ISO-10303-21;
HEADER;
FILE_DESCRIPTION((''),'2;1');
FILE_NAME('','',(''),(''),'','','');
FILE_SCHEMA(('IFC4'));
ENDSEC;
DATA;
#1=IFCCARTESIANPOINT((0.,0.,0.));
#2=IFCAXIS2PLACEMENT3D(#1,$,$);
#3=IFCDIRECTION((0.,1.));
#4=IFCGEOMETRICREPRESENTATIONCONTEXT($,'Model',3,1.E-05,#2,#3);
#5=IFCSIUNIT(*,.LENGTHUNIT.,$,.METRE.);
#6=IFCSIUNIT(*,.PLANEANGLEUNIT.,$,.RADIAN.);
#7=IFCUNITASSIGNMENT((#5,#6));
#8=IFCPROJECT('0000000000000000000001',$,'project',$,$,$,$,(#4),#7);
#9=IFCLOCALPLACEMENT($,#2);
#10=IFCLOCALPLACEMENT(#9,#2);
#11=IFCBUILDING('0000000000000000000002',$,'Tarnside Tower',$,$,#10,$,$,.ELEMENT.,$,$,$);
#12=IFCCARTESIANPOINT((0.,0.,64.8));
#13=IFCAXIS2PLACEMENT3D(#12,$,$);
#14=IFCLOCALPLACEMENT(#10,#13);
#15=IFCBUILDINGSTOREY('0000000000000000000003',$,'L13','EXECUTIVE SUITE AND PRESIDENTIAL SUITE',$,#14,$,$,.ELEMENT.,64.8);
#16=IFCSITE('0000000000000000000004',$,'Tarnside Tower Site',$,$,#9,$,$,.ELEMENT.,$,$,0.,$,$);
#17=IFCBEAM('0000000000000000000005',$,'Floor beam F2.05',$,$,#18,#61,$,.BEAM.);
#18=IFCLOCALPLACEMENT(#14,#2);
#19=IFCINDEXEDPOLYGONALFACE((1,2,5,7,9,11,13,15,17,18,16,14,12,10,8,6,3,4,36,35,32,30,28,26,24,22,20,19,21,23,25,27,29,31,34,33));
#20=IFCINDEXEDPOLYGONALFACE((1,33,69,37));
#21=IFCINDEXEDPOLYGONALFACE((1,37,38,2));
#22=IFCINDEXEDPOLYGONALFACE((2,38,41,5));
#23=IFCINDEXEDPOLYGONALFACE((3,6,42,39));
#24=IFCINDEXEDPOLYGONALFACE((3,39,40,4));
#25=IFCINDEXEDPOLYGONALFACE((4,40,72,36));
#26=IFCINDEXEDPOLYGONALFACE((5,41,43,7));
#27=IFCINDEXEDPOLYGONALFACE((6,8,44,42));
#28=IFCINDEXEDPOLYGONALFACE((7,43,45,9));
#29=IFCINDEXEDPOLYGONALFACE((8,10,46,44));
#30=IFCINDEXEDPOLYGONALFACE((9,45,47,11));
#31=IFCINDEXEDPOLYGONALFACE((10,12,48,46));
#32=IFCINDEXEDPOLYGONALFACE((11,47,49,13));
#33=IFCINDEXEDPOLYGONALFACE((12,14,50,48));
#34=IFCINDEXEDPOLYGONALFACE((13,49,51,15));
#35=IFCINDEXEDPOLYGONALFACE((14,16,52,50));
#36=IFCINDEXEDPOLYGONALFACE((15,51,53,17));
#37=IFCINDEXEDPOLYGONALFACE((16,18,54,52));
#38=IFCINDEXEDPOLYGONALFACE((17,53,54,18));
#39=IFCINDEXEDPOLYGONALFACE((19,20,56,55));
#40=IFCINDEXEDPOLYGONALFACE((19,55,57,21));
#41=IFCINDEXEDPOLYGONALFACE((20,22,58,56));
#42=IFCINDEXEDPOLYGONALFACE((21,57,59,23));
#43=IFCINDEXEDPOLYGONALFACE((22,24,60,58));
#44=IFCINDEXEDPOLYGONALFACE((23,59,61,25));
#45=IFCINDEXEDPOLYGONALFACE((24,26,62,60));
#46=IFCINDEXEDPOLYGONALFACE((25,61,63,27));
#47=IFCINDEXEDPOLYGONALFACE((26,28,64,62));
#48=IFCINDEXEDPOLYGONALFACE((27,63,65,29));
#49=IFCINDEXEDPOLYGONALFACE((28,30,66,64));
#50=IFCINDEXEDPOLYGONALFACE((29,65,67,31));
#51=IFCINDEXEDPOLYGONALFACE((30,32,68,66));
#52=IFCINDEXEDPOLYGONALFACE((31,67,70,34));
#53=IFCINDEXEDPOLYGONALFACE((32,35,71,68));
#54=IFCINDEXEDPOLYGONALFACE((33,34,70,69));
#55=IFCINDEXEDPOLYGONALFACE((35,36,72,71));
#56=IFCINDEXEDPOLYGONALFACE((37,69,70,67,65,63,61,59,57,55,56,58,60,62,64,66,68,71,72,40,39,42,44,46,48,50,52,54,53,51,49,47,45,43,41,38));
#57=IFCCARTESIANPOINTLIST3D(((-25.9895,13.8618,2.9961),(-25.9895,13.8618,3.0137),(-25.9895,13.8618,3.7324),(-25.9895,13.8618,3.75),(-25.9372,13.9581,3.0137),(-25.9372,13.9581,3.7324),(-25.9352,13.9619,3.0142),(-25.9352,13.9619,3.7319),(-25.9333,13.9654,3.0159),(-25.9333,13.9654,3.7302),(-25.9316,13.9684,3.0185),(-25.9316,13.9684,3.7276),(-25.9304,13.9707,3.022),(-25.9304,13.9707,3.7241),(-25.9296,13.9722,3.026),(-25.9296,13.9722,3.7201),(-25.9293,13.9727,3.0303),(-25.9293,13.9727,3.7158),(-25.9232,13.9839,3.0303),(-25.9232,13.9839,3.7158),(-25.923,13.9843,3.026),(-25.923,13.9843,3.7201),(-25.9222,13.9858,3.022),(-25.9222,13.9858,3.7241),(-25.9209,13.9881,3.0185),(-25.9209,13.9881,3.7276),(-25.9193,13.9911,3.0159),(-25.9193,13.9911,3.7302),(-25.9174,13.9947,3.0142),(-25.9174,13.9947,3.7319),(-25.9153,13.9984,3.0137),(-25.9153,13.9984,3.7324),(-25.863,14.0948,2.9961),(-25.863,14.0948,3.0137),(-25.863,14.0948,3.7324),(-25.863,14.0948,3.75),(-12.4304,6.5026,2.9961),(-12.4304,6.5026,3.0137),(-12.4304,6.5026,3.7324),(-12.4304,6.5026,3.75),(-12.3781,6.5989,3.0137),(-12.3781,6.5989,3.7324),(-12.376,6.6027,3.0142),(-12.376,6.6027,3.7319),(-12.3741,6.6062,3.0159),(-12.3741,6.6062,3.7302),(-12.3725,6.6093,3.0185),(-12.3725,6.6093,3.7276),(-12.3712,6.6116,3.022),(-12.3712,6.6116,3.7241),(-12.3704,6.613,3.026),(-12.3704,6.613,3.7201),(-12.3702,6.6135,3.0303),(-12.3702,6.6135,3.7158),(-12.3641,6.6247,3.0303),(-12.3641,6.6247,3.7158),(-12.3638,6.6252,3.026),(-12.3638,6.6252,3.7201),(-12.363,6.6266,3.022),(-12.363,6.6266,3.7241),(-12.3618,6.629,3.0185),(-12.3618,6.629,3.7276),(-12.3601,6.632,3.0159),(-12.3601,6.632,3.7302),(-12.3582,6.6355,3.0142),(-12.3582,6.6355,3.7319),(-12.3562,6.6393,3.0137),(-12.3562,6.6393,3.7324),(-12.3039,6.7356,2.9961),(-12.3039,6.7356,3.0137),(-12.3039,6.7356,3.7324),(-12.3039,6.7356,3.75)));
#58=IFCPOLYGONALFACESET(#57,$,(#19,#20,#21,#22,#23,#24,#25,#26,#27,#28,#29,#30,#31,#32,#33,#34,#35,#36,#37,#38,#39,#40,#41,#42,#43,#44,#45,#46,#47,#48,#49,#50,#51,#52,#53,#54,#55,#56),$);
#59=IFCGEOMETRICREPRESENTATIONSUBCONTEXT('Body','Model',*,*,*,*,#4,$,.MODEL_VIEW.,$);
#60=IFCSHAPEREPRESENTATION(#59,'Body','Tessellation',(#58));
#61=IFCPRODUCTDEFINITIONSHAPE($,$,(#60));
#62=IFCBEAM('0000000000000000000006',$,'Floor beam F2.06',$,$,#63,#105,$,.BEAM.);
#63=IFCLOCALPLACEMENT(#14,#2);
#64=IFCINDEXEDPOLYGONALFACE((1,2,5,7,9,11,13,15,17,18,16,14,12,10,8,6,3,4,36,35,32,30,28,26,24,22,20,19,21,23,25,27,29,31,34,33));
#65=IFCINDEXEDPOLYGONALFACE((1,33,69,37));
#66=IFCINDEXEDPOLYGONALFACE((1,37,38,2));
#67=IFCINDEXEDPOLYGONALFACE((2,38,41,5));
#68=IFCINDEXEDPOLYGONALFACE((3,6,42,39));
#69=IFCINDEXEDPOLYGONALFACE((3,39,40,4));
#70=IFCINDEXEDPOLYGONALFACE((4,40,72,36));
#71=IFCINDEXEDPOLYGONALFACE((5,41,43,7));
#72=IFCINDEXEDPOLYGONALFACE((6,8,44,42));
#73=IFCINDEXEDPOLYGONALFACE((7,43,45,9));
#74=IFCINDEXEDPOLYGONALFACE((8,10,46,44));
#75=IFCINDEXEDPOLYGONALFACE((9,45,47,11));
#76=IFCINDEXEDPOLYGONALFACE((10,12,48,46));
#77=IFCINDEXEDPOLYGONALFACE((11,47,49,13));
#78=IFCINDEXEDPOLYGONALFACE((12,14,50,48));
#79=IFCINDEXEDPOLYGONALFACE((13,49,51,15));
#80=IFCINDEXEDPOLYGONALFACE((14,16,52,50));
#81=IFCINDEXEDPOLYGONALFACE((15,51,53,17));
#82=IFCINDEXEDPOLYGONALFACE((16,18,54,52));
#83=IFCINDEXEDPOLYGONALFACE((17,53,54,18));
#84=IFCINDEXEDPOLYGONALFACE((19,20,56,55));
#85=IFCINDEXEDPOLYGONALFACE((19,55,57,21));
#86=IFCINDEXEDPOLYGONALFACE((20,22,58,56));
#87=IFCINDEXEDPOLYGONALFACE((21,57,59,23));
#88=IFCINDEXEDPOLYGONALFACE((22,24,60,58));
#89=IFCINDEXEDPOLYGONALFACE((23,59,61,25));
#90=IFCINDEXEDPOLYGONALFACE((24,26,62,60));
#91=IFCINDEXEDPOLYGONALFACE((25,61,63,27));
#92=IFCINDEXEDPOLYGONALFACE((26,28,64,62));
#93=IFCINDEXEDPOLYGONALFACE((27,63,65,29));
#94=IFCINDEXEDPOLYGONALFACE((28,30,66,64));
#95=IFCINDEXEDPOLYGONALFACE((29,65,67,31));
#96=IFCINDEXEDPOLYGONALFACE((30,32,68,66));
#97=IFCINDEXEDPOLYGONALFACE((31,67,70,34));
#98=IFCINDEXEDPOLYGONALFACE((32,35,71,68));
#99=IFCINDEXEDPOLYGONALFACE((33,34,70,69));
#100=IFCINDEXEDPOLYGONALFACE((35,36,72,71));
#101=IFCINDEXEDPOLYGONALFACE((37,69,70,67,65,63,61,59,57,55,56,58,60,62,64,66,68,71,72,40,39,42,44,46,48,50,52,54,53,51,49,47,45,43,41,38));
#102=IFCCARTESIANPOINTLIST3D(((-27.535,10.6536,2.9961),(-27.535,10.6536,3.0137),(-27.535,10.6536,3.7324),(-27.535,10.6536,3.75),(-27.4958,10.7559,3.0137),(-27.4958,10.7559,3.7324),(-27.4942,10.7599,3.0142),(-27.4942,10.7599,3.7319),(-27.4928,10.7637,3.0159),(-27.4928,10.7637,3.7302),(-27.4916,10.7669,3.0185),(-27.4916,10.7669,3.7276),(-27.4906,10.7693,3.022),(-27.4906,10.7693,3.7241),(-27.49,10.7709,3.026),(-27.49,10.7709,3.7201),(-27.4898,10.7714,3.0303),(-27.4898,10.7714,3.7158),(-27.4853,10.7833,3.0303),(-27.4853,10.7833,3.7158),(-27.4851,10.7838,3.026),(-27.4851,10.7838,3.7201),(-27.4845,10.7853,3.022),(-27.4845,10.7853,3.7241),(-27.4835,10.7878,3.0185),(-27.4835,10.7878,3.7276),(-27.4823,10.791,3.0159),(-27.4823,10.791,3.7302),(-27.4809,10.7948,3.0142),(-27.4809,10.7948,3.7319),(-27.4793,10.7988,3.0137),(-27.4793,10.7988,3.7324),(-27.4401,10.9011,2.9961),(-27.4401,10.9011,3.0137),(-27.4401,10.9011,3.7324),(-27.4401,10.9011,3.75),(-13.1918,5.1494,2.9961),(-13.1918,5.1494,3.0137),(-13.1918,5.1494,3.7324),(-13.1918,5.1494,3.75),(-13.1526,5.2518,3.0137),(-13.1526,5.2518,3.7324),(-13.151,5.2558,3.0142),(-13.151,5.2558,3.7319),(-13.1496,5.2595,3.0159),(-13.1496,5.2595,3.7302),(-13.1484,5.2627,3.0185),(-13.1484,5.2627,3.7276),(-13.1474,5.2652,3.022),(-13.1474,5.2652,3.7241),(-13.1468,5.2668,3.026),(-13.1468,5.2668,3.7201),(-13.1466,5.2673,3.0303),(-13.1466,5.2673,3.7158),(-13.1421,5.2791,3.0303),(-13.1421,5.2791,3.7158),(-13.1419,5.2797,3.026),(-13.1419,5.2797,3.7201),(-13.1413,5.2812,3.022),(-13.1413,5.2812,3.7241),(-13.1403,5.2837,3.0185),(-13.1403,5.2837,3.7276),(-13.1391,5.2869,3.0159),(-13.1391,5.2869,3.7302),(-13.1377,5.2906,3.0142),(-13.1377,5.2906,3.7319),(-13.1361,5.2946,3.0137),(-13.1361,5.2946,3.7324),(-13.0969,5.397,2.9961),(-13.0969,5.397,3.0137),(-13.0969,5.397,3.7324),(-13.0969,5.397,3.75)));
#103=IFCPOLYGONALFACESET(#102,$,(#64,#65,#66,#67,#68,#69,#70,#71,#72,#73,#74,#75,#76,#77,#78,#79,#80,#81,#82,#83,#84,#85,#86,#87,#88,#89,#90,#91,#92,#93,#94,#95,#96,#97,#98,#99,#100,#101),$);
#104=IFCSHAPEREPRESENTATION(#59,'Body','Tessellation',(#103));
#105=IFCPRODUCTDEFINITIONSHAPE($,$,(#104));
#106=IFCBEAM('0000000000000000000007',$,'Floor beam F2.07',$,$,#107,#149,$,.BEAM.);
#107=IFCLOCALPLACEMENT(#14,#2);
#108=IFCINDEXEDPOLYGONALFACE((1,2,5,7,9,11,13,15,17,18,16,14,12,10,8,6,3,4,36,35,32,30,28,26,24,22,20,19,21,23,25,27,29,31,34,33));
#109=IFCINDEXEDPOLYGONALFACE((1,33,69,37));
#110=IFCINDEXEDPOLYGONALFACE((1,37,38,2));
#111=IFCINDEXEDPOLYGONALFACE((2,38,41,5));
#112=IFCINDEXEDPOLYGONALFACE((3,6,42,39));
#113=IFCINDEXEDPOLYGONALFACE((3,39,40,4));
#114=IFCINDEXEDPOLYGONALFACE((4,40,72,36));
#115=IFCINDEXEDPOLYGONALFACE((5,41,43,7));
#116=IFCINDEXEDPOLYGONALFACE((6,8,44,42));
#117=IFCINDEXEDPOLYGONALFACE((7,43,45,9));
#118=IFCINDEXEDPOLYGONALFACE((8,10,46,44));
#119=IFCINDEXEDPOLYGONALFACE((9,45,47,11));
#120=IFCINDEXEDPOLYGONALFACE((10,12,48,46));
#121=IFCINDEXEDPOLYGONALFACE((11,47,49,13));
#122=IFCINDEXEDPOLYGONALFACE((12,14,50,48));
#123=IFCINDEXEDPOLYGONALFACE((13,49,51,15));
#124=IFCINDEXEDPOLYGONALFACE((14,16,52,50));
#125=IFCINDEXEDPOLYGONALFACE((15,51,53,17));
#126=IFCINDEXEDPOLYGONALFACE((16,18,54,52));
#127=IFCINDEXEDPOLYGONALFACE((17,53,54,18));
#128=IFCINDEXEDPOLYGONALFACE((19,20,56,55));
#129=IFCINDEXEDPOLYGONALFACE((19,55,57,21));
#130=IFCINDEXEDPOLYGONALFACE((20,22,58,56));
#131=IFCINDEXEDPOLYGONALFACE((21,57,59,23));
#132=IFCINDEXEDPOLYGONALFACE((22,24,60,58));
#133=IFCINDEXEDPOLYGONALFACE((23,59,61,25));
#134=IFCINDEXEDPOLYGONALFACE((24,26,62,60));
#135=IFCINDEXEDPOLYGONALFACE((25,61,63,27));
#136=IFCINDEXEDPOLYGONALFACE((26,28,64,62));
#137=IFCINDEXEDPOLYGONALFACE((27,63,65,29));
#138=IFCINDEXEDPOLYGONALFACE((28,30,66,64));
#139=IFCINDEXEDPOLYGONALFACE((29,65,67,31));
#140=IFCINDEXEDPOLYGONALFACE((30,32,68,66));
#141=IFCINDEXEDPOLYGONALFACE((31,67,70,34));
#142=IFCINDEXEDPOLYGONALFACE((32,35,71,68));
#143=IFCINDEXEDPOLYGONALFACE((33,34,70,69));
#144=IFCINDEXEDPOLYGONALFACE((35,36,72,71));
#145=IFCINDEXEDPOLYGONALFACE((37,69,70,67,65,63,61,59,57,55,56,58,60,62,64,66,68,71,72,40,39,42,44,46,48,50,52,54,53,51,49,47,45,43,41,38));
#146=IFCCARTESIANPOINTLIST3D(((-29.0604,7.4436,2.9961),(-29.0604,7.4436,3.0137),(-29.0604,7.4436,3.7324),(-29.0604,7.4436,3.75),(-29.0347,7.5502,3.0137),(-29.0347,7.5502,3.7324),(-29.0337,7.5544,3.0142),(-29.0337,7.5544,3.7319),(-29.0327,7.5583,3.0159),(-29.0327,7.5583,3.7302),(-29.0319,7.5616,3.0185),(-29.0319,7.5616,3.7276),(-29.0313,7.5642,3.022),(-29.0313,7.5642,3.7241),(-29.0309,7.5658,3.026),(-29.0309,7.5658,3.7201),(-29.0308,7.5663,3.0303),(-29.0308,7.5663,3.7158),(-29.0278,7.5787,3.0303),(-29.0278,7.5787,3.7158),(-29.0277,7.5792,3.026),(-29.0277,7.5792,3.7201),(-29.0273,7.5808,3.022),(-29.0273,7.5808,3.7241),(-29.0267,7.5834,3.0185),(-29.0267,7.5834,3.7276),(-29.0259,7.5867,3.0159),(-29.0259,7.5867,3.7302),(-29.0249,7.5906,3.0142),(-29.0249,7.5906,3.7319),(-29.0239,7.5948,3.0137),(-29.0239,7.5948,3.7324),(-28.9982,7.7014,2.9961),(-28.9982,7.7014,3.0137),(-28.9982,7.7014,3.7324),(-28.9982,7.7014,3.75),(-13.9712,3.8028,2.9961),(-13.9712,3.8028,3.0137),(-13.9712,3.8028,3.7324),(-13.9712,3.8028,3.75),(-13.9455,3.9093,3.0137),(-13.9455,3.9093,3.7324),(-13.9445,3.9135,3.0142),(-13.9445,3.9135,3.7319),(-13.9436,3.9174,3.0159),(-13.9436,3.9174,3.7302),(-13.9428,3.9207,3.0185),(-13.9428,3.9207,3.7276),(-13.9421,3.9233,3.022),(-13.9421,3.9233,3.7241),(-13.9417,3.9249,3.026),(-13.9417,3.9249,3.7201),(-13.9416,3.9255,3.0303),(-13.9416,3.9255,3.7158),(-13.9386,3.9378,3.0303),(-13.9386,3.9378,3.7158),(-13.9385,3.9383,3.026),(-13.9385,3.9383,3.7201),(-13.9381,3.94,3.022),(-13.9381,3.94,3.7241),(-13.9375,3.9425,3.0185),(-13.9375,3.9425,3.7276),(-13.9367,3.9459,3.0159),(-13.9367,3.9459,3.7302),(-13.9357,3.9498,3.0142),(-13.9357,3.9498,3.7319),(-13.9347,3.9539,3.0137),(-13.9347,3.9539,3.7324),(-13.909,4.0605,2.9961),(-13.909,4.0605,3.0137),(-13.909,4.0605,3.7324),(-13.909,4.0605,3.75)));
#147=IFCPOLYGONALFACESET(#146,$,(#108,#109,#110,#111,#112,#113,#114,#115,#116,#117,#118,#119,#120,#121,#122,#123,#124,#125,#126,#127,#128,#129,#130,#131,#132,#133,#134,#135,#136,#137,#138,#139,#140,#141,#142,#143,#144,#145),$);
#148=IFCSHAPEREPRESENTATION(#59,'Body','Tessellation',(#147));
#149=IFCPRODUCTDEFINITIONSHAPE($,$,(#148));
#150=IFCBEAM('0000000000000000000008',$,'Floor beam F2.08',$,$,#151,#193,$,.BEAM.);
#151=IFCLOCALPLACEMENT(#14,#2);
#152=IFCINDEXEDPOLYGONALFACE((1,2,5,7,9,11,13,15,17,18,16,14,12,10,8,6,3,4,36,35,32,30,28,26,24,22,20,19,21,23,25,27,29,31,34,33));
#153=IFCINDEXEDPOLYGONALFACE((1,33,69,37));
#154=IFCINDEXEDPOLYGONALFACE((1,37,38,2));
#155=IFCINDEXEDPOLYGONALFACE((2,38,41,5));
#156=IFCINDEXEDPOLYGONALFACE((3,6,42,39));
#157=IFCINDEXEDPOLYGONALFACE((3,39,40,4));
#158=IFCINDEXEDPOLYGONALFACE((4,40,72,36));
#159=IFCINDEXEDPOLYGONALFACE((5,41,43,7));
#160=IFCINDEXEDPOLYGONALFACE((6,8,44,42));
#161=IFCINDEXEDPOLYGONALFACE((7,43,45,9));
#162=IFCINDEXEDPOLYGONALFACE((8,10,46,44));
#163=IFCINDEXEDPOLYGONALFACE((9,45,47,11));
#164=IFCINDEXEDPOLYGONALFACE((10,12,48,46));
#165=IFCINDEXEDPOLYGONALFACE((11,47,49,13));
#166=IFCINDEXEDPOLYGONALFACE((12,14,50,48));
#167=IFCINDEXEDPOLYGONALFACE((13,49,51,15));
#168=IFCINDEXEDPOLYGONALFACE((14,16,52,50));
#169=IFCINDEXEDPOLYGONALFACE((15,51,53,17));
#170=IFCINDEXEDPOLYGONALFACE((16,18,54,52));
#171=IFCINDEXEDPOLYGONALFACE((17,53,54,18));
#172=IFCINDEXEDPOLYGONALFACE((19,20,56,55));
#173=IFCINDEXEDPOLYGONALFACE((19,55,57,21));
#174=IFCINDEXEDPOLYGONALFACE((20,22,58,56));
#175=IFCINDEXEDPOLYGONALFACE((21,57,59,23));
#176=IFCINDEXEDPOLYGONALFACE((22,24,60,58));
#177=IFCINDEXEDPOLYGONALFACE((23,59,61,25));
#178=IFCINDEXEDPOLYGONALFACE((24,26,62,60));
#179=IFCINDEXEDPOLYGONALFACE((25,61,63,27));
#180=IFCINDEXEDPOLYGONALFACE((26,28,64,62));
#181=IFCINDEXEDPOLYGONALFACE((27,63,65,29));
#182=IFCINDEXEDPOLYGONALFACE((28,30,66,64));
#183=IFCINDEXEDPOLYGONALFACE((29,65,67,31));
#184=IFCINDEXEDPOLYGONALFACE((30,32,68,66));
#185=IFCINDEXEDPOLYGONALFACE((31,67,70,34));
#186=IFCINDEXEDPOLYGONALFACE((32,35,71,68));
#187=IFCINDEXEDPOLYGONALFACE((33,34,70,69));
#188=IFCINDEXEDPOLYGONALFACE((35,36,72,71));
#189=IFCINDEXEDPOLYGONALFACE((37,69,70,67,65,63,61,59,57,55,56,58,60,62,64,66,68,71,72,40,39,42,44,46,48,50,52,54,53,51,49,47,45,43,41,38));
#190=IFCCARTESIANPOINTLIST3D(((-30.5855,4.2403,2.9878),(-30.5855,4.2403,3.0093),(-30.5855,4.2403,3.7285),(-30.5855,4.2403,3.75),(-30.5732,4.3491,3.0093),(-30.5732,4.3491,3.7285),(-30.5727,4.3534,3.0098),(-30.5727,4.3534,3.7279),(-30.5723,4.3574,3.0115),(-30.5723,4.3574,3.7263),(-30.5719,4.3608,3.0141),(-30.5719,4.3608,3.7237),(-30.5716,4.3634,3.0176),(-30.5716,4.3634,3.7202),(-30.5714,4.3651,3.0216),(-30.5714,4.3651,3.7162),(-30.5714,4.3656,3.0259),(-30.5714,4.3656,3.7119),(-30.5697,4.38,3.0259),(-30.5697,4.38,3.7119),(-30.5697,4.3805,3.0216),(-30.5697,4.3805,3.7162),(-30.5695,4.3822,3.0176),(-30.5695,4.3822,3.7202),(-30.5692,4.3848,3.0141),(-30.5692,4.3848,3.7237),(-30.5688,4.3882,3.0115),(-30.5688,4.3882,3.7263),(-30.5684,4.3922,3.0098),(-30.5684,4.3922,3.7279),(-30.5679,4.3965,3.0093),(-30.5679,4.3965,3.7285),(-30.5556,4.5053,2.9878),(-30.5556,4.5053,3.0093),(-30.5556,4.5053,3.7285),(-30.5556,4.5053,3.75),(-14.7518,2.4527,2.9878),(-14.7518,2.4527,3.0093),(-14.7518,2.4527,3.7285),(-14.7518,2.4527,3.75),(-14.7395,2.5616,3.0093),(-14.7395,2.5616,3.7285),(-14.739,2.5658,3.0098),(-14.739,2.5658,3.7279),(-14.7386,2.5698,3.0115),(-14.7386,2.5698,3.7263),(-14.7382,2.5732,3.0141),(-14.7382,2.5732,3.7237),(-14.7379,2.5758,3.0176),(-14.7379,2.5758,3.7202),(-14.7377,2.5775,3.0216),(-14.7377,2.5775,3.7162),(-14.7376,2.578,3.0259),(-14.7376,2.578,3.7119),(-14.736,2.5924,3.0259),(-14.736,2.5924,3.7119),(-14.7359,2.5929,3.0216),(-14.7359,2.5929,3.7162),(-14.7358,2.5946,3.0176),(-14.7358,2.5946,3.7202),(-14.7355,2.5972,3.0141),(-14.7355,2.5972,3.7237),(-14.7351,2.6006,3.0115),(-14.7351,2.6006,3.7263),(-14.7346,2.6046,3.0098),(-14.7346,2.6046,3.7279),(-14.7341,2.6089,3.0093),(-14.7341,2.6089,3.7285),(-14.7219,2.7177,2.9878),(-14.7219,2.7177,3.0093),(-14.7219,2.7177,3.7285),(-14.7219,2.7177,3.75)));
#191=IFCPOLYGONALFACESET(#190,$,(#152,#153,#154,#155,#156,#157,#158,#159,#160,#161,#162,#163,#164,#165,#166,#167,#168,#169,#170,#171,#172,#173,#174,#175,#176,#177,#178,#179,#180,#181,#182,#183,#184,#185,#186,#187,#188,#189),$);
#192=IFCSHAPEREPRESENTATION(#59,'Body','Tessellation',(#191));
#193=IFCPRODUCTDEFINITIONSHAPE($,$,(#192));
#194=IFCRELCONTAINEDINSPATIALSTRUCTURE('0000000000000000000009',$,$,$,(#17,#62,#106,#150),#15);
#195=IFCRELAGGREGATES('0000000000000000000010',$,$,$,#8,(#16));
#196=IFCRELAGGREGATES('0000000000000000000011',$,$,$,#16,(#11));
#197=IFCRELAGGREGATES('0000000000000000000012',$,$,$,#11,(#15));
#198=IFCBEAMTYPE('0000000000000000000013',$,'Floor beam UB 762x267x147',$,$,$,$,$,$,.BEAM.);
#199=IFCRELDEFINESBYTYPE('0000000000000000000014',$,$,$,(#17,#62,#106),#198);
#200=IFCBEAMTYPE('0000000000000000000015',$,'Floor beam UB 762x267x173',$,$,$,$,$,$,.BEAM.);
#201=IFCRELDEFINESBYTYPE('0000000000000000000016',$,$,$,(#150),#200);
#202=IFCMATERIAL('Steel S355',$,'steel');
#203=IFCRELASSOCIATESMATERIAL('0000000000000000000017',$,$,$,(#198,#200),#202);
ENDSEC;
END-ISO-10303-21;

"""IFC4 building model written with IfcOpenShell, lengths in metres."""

from ifc_helpers import new_model, si_unit, direction, frame, origin, origin_2d, place, context, subcontext, project, spatial, i_section, extrude, material, material_profile, profile_set, type_object, element, save


model = new_model("IFC4")

# Units and contexts
model_context = context("Model", 3, precision=1e-05, world=origin(), true_north=direction((0.0, 1.0)))
body_context = subcontext(model_context, "Body", "Model", "MODEL_VIEW")
ifc_project = project(units=[si_unit("LENGTHUNIT", "METRE"), si_unit("PLANEANGLEUNIT", "RADIAN")], contexts=[model_context])

# Site, building, storey
site_placement = place(None, origin())
site = spatial("IfcSite", under=ifc_project, at=site_placement, Name="Tarnside Tower Site", CompositionType="ELEMENT", RefElevation=0.0)
building_placement = place(site_placement, origin())
building = spatial("IfcBuilding", under=site, at=building_placement, Name="Tarnside Tower", CompositionType="ELEMENT")
storey_placement = place(building_placement, frame((0.0, 0.0, 64.8)))
storey = spatial("IfcBuildingStorey", under=building, at=storey_placement, Name="L13", Description="EXECUTIVE SUITE AND PRESIDENTIAL SUITE", CompositionType="ELEMENT", Elevation=64.8)

# Beams
ifc_material_1 = material(Name="Steel S355", Category="steel")
ifc_material_profile_1 = material_profile(ifc_material_1, i_section(OverallWidth=0.2651, OverallDepth=0.7539, WebThickness=0.0127, FlangeThickness=0.0176, FilletRadius=0.0166, at=origin_2d()), Name="UB 762x267x147")
ifc_profile_set_1 = profile_set([ifc_material_profile_1], Name="Steel S355")
beam_type_1 = type_object("IfcBeamType", Name="Floor beam UB 762x267x147", PredefinedType="BEAM", material=ifc_profile_set_1)
beam_1_placement = place(storey_placement, frame((-25.9263, 13.9783, 3.373), z_axis=(0.878895, -0.477016, 0.0), x_axis=(0.477016, 0.878895, 0.0)))
element("IfcBeam", 1, at=beam_1_placement, inside=storey, type_object=beam_type_1, Name="Floor beam F2.05", PredefinedType="BEAM", context=body_context, shape_type="SweptSolid", body=[
    extrude(i_section(OverallWidth=0.2651, OverallDepth=0.7539, WebThickness=0.0127, FlangeThickness=0.0176, FilletRadius=0.0166, at=origin_2d()), origin(), (0.0, 0.0, 1.0), 15.4275),
])
beam_2_placement = place(storey_placement, frame((-27.4875, 10.7773, 3.373), z_axis=(0.933618, -0.358271, 0.0), x_axis=(0.358271, 0.933618, 0.0)))
element("IfcBeam", 2, at=beam_2_placement, inside=storey, type_object=beam_type_1, Name="Floor beam F2.06", PredefinedType="BEAM", context=body_context, shape_type="SweptSolid", body=[
    extrude(i_section(OverallWidth=0.2651, OverallDepth=0.7539, WebThickness=0.0127, FlangeThickness=0.0176, FilletRadius=0.0166, at=origin_2d()), origin(), (0.0, 0.0, 1.0), 15.363),
])
beam_3_placement = place(storey_placement, frame((-29.0293, 7.5725, 3.373), z_axis=(0.972102, -0.23456, 0.0), x_axis=(0.23456, 0.972102, 0.0)))
element("IfcBeam", 3, at=beam_3_placement, inside=storey, type_object=beam_type_1, Name="Floor beam F2.07", PredefinedType="BEAM", context=body_context, shape_type="SweptSolid", body=[
    extrude(i_section(OverallWidth=0.2651, OverallDepth=0.7539, WebThickness=0.0127, FlangeThickness=0.0176, FilletRadius=0.0166, at=origin_2d()), origin(), (0.0, 0.0, 1.0), 15.5222),
])
ifc_material_profile_2 = material_profile(ifc_material_1, i_section(OverallWidth=0.2666, OverallDepth=0.7622, WebThickness=0.0144, FlangeThickness=0.0215, FilletRadius=0.0166, at=origin_2d()), Name="UB 762x267x173")
ifc_profile_set_2 = profile_set([ifc_material_profile_2], Name="Steel S355")
beam_type_2 = type_object("IfcBeamType", Name="Floor beam UB 762x267x173", PredefinedType="BEAM", material=ifc_profile_set_2)
beam_4_placement = place(storey_placement, frame((-30.5706, 4.3728, 3.3689), z_axis=(0.993687, -0.112185, 0.0), x_axis=(0.112185, 0.993687, 0.0)))
element("IfcBeam", 4, at=beam_4_placement, inside=storey, type_object=beam_type_2, Name="Floor beam F2.08", PredefinedType="BEAM", context=body_context, shape_type="SweptSolid", body=[
    extrude(i_section(OverallWidth=0.2666, OverallDepth=0.7622, WebThickness=0.0144, FlangeThickness=0.0215, FilletRadius=0.0166, at=origin_2d()), origin(), (0.0, 0.0, 1.0), 15.9343),
])

save(model, "model.ifc")
